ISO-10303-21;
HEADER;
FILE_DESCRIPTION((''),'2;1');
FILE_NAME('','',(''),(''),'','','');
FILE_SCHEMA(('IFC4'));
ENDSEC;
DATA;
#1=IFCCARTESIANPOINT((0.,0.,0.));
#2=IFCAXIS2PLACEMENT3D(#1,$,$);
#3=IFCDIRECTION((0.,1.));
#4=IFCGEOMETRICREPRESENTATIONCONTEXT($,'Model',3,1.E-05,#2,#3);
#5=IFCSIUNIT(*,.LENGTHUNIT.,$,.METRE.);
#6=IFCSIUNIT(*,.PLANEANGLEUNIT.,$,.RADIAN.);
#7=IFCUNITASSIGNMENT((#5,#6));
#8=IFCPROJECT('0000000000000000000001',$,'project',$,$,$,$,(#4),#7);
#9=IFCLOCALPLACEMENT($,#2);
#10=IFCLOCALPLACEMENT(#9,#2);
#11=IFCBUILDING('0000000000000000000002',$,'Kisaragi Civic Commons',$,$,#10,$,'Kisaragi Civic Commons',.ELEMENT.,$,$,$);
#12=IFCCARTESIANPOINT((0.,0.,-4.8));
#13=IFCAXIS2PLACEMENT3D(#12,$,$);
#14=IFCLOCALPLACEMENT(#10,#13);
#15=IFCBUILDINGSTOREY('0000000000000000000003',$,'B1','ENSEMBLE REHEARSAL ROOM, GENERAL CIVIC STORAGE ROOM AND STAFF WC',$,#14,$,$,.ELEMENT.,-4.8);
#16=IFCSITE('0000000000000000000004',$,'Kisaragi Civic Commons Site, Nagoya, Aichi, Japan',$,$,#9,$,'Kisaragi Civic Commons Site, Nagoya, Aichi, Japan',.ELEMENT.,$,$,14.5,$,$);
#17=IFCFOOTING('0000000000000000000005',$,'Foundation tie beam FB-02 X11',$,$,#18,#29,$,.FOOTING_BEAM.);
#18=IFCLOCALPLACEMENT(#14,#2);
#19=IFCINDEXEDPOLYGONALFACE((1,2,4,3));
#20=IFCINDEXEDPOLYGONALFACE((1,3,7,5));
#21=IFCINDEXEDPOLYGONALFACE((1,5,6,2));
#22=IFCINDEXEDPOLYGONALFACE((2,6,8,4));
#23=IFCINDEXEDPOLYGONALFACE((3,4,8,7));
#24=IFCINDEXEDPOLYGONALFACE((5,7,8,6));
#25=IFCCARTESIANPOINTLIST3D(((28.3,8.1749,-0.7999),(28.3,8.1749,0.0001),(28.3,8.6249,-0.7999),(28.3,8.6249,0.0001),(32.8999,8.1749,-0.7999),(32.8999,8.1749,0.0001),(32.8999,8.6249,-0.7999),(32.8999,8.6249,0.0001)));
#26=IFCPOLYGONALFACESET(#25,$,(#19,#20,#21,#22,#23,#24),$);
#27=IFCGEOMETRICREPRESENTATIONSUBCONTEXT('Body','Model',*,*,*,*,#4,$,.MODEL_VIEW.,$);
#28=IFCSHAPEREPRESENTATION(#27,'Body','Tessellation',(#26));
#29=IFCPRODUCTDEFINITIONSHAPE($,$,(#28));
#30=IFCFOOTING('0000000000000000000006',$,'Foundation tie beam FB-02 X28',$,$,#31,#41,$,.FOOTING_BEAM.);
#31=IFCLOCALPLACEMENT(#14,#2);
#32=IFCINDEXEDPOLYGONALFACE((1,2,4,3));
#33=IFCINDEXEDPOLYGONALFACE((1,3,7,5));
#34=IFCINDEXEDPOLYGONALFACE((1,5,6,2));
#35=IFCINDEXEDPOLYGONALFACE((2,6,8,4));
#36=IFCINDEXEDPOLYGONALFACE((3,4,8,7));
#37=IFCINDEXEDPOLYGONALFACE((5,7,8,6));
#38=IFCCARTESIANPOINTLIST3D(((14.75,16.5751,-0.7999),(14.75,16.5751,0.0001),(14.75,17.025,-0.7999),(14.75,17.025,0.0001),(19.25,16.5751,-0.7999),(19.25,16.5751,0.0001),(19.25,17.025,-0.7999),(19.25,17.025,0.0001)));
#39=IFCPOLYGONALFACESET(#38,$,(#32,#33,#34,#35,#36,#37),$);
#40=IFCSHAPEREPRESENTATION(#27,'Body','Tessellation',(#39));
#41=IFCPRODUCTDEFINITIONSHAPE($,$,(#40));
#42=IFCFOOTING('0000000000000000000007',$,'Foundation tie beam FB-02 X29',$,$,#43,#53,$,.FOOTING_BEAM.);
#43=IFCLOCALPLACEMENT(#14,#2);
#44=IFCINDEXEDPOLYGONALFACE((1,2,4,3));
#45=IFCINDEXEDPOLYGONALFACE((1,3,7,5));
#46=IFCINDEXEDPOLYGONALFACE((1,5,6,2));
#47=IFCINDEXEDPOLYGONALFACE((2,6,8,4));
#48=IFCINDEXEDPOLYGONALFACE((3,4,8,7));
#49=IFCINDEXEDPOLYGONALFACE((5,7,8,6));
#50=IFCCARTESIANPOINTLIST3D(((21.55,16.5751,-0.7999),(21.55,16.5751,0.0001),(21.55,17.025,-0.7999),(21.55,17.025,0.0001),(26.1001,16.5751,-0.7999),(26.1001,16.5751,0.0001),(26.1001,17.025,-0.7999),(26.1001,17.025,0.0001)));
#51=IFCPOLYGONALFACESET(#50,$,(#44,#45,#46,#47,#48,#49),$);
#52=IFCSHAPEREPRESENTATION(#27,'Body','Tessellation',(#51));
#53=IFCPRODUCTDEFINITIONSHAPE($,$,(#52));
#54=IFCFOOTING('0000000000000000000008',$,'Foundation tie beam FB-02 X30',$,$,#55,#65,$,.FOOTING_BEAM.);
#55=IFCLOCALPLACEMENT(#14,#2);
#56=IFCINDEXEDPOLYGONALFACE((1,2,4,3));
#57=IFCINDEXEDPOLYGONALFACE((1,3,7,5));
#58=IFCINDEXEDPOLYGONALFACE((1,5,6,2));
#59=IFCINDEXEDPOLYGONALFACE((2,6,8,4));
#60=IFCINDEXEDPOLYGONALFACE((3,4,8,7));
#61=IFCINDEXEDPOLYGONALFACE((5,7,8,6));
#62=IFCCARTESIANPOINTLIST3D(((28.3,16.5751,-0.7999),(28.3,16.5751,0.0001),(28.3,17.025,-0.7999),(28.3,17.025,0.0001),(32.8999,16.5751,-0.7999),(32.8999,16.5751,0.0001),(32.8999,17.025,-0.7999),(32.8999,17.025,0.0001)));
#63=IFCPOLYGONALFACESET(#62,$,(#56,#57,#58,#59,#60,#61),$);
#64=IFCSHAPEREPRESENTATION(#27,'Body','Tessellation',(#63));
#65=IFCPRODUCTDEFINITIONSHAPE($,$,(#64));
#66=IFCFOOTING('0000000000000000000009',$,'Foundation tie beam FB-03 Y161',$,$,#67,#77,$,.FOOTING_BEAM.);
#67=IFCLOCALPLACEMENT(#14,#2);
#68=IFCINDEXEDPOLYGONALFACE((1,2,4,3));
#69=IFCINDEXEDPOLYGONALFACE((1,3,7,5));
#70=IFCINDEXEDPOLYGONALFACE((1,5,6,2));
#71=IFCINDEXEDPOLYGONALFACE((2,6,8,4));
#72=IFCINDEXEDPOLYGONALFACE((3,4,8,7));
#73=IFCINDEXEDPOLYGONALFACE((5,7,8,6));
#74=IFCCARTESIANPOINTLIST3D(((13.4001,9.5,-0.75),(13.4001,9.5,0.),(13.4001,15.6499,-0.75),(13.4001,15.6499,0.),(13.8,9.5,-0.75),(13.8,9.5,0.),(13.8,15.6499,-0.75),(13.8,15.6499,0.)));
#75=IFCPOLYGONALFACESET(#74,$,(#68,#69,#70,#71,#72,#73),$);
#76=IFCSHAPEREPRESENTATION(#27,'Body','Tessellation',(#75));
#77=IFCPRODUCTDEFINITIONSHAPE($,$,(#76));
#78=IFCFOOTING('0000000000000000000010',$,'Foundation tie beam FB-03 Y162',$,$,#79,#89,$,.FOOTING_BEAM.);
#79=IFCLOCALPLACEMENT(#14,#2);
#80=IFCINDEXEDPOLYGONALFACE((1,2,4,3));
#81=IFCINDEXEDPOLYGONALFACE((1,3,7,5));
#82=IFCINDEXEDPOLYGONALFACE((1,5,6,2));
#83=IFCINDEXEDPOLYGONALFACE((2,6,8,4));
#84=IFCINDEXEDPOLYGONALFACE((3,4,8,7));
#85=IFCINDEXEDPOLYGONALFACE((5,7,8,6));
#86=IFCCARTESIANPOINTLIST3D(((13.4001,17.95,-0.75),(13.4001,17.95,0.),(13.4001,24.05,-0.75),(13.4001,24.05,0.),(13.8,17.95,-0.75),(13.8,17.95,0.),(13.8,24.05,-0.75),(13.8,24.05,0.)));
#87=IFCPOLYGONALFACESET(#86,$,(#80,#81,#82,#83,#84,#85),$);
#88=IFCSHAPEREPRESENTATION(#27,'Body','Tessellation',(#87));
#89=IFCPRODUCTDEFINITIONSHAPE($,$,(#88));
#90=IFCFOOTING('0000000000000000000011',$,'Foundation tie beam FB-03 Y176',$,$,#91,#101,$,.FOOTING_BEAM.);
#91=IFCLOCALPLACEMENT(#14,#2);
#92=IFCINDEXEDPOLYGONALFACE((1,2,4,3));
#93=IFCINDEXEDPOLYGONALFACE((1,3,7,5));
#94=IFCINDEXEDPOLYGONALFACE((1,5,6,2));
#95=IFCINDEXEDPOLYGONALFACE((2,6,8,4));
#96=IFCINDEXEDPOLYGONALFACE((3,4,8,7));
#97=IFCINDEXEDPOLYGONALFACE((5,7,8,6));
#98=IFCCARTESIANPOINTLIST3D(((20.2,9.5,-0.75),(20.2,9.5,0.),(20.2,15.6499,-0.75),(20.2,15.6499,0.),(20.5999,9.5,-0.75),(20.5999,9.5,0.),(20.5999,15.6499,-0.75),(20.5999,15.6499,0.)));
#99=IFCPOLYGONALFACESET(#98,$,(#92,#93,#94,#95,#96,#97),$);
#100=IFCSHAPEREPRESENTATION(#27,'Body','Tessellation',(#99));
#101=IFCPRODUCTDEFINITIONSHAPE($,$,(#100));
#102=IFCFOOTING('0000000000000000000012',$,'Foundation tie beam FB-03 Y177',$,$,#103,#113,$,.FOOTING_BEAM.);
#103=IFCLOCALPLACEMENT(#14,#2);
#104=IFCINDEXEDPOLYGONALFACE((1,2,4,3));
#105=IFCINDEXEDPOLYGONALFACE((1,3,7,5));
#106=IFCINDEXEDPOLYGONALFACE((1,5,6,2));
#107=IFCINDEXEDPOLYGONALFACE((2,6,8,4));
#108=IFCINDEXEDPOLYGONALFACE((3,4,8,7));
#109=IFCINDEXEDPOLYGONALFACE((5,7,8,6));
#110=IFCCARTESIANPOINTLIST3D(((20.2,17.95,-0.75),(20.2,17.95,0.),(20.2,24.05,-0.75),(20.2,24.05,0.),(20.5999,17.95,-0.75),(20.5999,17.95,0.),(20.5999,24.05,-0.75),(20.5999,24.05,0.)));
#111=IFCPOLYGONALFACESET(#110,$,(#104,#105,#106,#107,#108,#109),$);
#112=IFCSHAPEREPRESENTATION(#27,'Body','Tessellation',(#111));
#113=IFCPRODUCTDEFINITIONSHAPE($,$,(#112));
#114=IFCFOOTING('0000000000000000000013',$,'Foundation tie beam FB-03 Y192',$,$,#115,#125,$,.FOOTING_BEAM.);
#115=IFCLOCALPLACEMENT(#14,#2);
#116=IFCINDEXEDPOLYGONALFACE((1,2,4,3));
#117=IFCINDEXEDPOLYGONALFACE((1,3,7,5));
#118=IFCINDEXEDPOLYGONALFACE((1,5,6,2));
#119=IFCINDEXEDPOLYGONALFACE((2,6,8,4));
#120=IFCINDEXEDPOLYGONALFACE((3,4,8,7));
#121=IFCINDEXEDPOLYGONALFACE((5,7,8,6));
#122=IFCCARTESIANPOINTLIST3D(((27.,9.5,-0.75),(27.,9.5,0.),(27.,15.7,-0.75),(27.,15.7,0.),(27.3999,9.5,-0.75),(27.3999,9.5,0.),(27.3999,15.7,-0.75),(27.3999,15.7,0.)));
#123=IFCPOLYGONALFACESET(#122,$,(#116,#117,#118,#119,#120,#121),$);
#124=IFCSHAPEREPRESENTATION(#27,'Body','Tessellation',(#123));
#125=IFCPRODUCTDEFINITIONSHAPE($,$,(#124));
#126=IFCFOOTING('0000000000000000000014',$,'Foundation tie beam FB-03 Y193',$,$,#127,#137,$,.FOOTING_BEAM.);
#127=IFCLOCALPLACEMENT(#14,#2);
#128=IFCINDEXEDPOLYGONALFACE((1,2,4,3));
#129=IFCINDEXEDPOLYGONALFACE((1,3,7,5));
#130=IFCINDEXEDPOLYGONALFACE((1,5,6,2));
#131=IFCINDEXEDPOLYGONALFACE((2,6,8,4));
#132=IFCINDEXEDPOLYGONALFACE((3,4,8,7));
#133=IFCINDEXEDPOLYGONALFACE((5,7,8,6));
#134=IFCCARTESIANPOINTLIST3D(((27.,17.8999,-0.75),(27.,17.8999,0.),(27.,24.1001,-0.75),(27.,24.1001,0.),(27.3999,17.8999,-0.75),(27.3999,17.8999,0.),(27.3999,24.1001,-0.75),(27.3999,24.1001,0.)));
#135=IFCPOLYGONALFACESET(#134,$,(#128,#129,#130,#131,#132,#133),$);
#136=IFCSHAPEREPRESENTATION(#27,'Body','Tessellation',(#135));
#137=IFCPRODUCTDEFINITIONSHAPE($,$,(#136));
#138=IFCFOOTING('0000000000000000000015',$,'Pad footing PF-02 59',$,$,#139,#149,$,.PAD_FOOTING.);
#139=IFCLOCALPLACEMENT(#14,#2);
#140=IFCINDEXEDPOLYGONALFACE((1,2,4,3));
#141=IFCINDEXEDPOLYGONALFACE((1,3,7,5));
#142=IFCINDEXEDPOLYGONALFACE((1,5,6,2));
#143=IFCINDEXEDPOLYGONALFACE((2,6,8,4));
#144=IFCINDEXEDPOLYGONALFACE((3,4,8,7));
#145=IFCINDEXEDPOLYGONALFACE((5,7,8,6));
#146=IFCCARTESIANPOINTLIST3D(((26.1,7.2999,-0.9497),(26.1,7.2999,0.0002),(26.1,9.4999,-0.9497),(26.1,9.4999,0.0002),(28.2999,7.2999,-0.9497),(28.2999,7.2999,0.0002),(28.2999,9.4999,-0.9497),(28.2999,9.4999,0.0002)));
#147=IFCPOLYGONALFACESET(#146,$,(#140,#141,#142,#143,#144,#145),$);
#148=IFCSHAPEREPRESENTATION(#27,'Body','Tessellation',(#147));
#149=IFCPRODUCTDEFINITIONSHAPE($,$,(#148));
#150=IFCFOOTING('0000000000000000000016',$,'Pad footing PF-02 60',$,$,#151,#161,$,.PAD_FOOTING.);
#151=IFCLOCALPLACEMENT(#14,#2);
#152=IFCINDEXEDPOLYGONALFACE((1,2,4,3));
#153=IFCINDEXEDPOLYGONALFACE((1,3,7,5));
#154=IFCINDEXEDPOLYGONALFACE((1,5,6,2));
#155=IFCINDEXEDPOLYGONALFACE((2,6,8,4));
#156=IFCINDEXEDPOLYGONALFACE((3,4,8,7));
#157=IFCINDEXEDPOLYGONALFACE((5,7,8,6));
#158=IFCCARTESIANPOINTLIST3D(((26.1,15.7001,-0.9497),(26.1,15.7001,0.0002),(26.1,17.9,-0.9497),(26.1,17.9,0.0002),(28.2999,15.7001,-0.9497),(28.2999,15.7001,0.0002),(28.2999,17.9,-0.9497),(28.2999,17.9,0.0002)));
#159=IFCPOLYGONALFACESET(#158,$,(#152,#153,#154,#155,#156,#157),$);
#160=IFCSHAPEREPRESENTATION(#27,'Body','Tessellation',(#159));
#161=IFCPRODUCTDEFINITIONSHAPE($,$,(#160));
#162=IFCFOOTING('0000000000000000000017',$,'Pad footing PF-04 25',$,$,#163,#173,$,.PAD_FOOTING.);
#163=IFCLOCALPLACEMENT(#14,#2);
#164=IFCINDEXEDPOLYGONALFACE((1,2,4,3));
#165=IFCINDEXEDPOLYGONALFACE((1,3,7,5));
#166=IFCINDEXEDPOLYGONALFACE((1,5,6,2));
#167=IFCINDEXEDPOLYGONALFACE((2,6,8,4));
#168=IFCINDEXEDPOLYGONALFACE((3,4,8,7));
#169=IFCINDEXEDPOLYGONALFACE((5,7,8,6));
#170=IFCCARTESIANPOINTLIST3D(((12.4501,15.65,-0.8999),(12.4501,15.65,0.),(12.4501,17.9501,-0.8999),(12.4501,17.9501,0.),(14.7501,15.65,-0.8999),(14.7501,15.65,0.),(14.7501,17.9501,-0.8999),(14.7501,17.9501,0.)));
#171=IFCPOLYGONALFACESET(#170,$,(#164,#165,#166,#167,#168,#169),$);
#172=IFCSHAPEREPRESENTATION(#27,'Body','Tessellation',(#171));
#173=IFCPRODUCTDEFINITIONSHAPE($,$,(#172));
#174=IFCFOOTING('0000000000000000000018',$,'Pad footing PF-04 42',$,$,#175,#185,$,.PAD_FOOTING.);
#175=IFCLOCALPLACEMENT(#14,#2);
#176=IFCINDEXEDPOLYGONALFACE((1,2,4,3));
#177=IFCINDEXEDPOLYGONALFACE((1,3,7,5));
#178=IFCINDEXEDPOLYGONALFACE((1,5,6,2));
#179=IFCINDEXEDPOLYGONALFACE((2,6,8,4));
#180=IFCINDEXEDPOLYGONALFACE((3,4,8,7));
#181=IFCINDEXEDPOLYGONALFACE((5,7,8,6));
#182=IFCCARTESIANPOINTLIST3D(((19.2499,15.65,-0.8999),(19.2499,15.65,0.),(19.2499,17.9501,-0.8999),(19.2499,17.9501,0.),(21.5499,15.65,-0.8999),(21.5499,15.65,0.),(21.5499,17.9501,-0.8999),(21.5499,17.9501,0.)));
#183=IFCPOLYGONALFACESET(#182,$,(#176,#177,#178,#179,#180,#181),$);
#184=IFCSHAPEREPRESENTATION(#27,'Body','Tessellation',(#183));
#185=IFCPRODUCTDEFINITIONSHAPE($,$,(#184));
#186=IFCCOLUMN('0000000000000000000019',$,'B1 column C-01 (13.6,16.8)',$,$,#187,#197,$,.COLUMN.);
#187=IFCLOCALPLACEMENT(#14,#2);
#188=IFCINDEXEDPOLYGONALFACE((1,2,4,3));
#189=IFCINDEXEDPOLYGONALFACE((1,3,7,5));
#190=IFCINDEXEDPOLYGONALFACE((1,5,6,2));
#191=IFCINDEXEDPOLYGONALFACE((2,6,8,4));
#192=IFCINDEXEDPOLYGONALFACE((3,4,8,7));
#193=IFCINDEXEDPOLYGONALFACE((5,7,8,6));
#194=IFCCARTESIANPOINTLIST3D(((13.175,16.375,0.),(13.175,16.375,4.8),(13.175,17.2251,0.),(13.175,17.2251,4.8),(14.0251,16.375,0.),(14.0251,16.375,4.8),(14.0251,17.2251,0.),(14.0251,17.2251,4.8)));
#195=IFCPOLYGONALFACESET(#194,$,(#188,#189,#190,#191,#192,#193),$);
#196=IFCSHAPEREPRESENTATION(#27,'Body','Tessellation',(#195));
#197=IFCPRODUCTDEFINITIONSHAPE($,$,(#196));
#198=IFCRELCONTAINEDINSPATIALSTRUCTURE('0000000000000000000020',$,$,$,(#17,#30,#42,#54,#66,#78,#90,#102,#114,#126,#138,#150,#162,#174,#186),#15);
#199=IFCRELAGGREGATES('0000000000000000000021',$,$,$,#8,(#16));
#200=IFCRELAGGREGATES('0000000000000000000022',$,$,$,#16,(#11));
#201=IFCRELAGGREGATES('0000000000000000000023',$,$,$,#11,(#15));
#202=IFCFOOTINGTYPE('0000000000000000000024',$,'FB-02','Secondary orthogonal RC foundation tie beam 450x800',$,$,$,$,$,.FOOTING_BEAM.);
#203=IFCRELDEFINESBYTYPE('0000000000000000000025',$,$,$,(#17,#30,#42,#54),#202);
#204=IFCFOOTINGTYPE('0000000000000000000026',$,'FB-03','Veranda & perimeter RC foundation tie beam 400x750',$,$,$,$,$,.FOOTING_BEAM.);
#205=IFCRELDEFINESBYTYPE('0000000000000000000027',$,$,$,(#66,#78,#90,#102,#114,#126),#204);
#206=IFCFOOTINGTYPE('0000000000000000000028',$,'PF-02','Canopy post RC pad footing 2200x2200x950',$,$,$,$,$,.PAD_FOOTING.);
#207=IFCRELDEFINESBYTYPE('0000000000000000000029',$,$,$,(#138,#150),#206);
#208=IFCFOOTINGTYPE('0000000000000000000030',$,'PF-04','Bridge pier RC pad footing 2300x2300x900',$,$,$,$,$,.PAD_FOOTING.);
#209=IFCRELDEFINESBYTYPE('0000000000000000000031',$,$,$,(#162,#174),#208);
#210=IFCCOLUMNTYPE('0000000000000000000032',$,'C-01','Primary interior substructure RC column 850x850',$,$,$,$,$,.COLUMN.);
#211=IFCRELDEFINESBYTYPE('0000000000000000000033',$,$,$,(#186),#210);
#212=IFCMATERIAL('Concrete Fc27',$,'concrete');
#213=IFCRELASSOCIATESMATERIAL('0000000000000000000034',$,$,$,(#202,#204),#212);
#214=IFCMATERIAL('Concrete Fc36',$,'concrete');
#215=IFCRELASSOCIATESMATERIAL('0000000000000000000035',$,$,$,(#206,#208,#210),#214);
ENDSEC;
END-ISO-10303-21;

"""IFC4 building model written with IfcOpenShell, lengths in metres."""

from ifc_helpers import new_model, si_unit, direction, frame, origin, origin_2d, place, context, subcontext, project, spatial, rectangle, extrude, material, material_profile, profile_set, type_object, element, save


model = new_model("IFC4")

# Units and contexts
model_context = context("Model", 3, precision=1e-05, world=origin(), true_north=direction((0.0, 1.0)))
body_context = subcontext(model_context, "Body", "Model", "MODEL_VIEW")
ifc_project = project(units=[si_unit("LENGTHUNIT", "METRE"), si_unit("PLANEANGLEUNIT", "RADIAN")], contexts=[model_context])

# Site, building, storey
site_placement = place(None, origin())
site = spatial("IfcSite", under=ifc_project, at=site_placement, Name="Kisaragi Civic Commons Site, Nagoya, Aichi, Japan", LongName="Kisaragi Civic Commons Site, Nagoya, Aichi, Japan", CompositionType="ELEMENT", RefElevation=14.5)
building_placement = place(site_placement, origin())
building = spatial("IfcBuilding", under=site, at=building_placement, Name="Kisaragi Civic Commons", LongName="Kisaragi Civic Commons", CompositionType="ELEMENT")
storey_placement = place(building_placement, frame((0.0, 0.0, -4.8)))
storey = spatial("IfcBuildingStorey", under=building, at=storey_placement, Name="B1", Description="ENSEMBLE REHEARSAL ROOM, GENERAL CIVIC STORAGE ROOM AND STAFF WC", CompositionType="ELEMENT", Elevation=-4.8)

# Footings
ifc_material_1 = material(Name="Concrete Fc27", Category="concrete")
ifc_material_profile_1 = material_profile(ifc_material_1, rectangle(XDim=0.45, YDim=0.8, at=origin_2d()), Name="RC-450x800", Category="concrete")
ifc_profile_set_1 = profile_set([ifc_material_profile_1], Name="Concrete Fc27")
footing_type_1 = type_object("IfcFootingType", Name="FB-02", Description="Secondary orthogonal RC foundation tie beam 450x800", PredefinedType="FOOTING_BEAM", material=ifc_profile_set_1)
footing_1_placement = place(storey_placement, frame((28.3, 8.3999, -0.3999), z_axis=(1.0, 0.0, 0.0), x_axis=(0.0, 1.0, 0.0)))
element("IfcFooting", 1, at=footing_1_placement, inside=storey, type_object=footing_type_1, Name="Foundation tie beam FB-02 X11", PredefinedType="FOOTING_BEAM", context=body_context, shape_type="SweptSolid", body=[
    extrude(rectangle(XDim=0.45, YDim=0.8, at=origin_2d()), origin(), (0.0, 0.0, 1.0), 4.5999),
])
footing_2_placement = place(storey_placement, frame((14.75, 16.8, -0.3999), z_axis=(1.0, 0.0, 0.0), x_axis=(0.0, 1.0, 0.0)))
element("IfcFooting", 2, at=footing_2_placement, inside=storey, type_object=footing_type_1, Name="Foundation tie beam FB-02 X28", PredefinedType="FOOTING_BEAM", context=body_context, shape_type="SweptSolid", body=[
    extrude(rectangle(XDim=0.45, YDim=0.8, at=origin_2d()), origin(), (0.0, 0.0, 1.0), 4.5),
])
footing_3_placement = place(storey_placement, frame((21.55, 16.8, -0.3999), z_axis=(1.0, 0.0, 0.0), x_axis=(0.0, 1.0, 0.0)))
element("IfcFooting", 3, at=footing_3_placement, inside=storey, type_object=footing_type_1, Name="Foundation tie beam FB-02 X29", PredefinedType="FOOTING_BEAM", context=body_context, shape_type="SweptSolid", body=[
    extrude(rectangle(XDim=0.45, YDim=0.8, at=origin_2d()), origin(), (0.0, 0.0, 1.0), 4.55),
])
footing_4_placement = place(storey_placement, frame((28.3, 16.8, -0.3999), z_axis=(1.0, 0.0, 0.0), x_axis=(0.0, 1.0, 0.0)))
element("IfcFooting", 4, at=footing_4_placement, inside=storey, type_object=footing_type_1, Name="Foundation tie beam FB-02 X30", PredefinedType="FOOTING_BEAM", context=body_context, shape_type="SweptSolid", body=[
    extrude(rectangle(XDim=0.45, YDim=0.8, at=origin_2d()), origin(), (0.0, 0.0, 1.0), 4.5999),
])
ifc_material_profile_2 = material_profile(ifc_material_1, rectangle(XDim=0.3999, YDim=0.75, at=origin_2d()), Name="RC-400x750", Category="concrete")
ifc_profile_set_2 = profile_set([ifc_material_profile_2], Name="Concrete Fc27")
footing_type_2 = type_object("IfcFootingType", Name="FB-03", Description="Veranda & perimeter RC foundation tie beam 400x750", PredefinedType="FOOTING_BEAM", material=ifc_profile_set_2)
footing_5_placement = place(storey_placement, frame((13.6001, 9.5, -0.375), z_axis=(0.0, 1.0, 0.0), x_axis=(-1.0, 0.0, 0.0)))
element("IfcFooting", 5, at=footing_5_placement, inside=storey, type_object=footing_type_2, Name="Foundation tie beam FB-03 Y161", PredefinedType="FOOTING_BEAM", context=body_context, shape_type="SweptSolid", body=[
    extrude(rectangle(XDim=0.3999, YDim=0.75, at=origin_2d()), origin(), (0.0, 0.0, 1.0), 6.1499),
])
footing_6_placement = place(storey_placement, frame((13.6001, 17.95, -0.375), z_axis=(0.0, 1.0, 0.0), x_axis=(-1.0, 0.0, 0.0)))
element("IfcFooting", 6, at=footing_6_placement, inside=storey, type_object=footing_type_2, Name="Foundation tie beam FB-03 Y162", PredefinedType="FOOTING_BEAM", context=body_context, shape_type="SweptSolid", body=[
    extrude(rectangle(XDim=0.3999, YDim=0.75, at=origin_2d()), origin(), (0.0, 0.0, 1.0), 6.1001),
])
footing_7_placement = place(storey_placement, frame((20.3999, 9.5, -0.375), z_axis=(0.0, 1.0, 0.0), x_axis=(-1.0, 0.0, 0.0)))
element("IfcFooting", 7, at=footing_7_placement, inside=storey, type_object=footing_type_2, Name="Foundation tie beam FB-03 Y176", PredefinedType="FOOTING_BEAM", context=body_context, shape_type="SweptSolid", body=[
    extrude(rectangle(XDim=0.3999, YDim=0.75, at=origin_2d()), origin(), (0.0, 0.0, 1.0), 6.1499),
])
footing_8_placement = place(storey_placement, frame((20.3999, 17.95, -0.375), z_axis=(0.0, 1.0, 0.0), x_axis=(-1.0, 0.0, 0.0)))
element("IfcFooting", 8, at=footing_8_placement, inside=storey, type_object=footing_type_2, Name="Foundation tie beam FB-03 Y177", PredefinedType="FOOTING_BEAM", context=body_context, shape_type="SweptSolid", body=[
    extrude(rectangle(XDim=0.3999, YDim=0.75, at=origin_2d()), origin(), (0.0, 0.0, 1.0), 6.1001),
])
footing_9_placement = place(storey_placement, frame((27.2, 9.5, -0.375), z_axis=(0.0, 1.0, 0.0), x_axis=(-1.0, 0.0, 0.0)))
element("IfcFooting", 9, at=footing_9_placement, inside=storey, type_object=footing_type_2, Name="Foundation tie beam FB-03 Y192", PredefinedType="FOOTING_BEAM", context=body_context, shape_type="SweptSolid", body=[
    extrude(rectangle(XDim=0.3999, YDim=0.75, at=origin_2d()), origin(), (0.0, 0.0, 1.0), 6.2),
])
footing_10_placement = place(storey_placement, frame((27.2, 17.8999, -0.375), z_axis=(0.0, 1.0, 0.0), x_axis=(-1.0, 0.0, 0.0)))
element("IfcFooting", 10, at=footing_10_placement, inside=storey, type_object=footing_type_2, Name="Foundation tie beam FB-03 Y193", PredefinedType="FOOTING_BEAM", context=body_context, shape_type="SweptSolid", body=[
    extrude(rectangle(XDim=0.3999, YDim=0.75, at=origin_2d()), origin(), (0.0, 0.0, 1.0), 6.2002),
])
ifc_material_2 = material(Name="Concrete Fc36", Category="concrete")
footing_type_3 = type_object("IfcFootingType", Name="PF-02", Description="Canopy post RC pad footing 2200x2200x950", PredefinedType="PAD_FOOTING", material=ifc_material_2)
for number, where, z_axis, x_axis, name in (
    (11, (27.2, 8.3999, -0.9497), (0.0, 0.0, 1.0), (1.0, 0.0, 0.0), "Pad footing PF-02 59"),
    (12, (27.2, 16.8, -0.9497), (0.0, 0.0, 1.0), (1.0, 0.0, 0.0), "Pad footing PF-02 60"),
):
    element("IfcFooting", number, at=place(storey_placement, frame(where, z_axis=z_axis, x_axis=x_axis)), inside=storey, type_object=footing_type_3, Name=name, PredefinedType="PAD_FOOTING", context=body_context, shape_type="SweptSolid", body=[
        extrude(rectangle(XDim=2.2, YDim=2.2, at=origin_2d()), origin(), (0.0, 0.0, 1.0), 0.95),
    ])
footing_type_4 = type_object("IfcFootingType", Name="PF-04", Description="Bridge pier RC pad footing 2300x2300x900", PredefinedType="PAD_FOOTING", material=ifc_material_2)
for number, where, z_axis, x_axis, name in (
    (13, (13.6001, 16.8, -0.8999), (0.0, 0.0, 1.0), (1.0, 0.0, 0.0), "Pad footing PF-04 25"),
    (14, (20.3999, 16.8, -0.8999), (0.0, 0.0, 1.0), (1.0, 0.0, 0.0), "Pad footing PF-04 42"),
):
    element("IfcFooting", number, at=place(storey_placement, frame(where, z_axis=z_axis, x_axis=x_axis)), inside=storey, type_object=footing_type_4, Name=name, PredefinedType="PAD_FOOTING", context=body_context, shape_type="SweptSolid", body=[
        extrude(rectangle(XDim=2.3, YDim=2.3, at=origin_2d()), origin(), (0.0, 0.0, 1.0), 0.8999),
    ])

# Column
ifc_material_profile_3 = material_profile(ifc_material_2, rectangle(XDim=0.8501, YDim=0.8501, at=origin_2d()), Name="RC-850x850", Category="concrete")
ifc_profile_set_3 = profile_set([ifc_material_profile_3], Name="Concrete Fc36")
column_type_1 = type_object("IfcColumnType", Name="C-01", Description="Primary interior substructure RC column 850x850", PredefinedType="COLUMN", material=ifc_profile_set_3)
for number, where, z_axis, x_axis, name in (
    (15, (13.6001, 16.8, 0.0), (0.0, 0.0, 1.0), (1.0, 0.0, 0.0), "B1 column C-01 (13.6,16.8)"),
):
    element("IfcColumn", number, at=place(storey_placement, frame(where, z_axis=z_axis, x_axis=x_axis)), inside=storey, type_object=column_type_1, Name=name, PredefinedType="COLUMN", context=body_context, shape_type="SweptSolid", body=[
        extrude(rectangle(XDim=0.8501, YDim=0.8501, at=origin_2d()), origin(), (0.0, 0.0, 1.0), 4.8),
    ])

save(model, "model.ifc")
